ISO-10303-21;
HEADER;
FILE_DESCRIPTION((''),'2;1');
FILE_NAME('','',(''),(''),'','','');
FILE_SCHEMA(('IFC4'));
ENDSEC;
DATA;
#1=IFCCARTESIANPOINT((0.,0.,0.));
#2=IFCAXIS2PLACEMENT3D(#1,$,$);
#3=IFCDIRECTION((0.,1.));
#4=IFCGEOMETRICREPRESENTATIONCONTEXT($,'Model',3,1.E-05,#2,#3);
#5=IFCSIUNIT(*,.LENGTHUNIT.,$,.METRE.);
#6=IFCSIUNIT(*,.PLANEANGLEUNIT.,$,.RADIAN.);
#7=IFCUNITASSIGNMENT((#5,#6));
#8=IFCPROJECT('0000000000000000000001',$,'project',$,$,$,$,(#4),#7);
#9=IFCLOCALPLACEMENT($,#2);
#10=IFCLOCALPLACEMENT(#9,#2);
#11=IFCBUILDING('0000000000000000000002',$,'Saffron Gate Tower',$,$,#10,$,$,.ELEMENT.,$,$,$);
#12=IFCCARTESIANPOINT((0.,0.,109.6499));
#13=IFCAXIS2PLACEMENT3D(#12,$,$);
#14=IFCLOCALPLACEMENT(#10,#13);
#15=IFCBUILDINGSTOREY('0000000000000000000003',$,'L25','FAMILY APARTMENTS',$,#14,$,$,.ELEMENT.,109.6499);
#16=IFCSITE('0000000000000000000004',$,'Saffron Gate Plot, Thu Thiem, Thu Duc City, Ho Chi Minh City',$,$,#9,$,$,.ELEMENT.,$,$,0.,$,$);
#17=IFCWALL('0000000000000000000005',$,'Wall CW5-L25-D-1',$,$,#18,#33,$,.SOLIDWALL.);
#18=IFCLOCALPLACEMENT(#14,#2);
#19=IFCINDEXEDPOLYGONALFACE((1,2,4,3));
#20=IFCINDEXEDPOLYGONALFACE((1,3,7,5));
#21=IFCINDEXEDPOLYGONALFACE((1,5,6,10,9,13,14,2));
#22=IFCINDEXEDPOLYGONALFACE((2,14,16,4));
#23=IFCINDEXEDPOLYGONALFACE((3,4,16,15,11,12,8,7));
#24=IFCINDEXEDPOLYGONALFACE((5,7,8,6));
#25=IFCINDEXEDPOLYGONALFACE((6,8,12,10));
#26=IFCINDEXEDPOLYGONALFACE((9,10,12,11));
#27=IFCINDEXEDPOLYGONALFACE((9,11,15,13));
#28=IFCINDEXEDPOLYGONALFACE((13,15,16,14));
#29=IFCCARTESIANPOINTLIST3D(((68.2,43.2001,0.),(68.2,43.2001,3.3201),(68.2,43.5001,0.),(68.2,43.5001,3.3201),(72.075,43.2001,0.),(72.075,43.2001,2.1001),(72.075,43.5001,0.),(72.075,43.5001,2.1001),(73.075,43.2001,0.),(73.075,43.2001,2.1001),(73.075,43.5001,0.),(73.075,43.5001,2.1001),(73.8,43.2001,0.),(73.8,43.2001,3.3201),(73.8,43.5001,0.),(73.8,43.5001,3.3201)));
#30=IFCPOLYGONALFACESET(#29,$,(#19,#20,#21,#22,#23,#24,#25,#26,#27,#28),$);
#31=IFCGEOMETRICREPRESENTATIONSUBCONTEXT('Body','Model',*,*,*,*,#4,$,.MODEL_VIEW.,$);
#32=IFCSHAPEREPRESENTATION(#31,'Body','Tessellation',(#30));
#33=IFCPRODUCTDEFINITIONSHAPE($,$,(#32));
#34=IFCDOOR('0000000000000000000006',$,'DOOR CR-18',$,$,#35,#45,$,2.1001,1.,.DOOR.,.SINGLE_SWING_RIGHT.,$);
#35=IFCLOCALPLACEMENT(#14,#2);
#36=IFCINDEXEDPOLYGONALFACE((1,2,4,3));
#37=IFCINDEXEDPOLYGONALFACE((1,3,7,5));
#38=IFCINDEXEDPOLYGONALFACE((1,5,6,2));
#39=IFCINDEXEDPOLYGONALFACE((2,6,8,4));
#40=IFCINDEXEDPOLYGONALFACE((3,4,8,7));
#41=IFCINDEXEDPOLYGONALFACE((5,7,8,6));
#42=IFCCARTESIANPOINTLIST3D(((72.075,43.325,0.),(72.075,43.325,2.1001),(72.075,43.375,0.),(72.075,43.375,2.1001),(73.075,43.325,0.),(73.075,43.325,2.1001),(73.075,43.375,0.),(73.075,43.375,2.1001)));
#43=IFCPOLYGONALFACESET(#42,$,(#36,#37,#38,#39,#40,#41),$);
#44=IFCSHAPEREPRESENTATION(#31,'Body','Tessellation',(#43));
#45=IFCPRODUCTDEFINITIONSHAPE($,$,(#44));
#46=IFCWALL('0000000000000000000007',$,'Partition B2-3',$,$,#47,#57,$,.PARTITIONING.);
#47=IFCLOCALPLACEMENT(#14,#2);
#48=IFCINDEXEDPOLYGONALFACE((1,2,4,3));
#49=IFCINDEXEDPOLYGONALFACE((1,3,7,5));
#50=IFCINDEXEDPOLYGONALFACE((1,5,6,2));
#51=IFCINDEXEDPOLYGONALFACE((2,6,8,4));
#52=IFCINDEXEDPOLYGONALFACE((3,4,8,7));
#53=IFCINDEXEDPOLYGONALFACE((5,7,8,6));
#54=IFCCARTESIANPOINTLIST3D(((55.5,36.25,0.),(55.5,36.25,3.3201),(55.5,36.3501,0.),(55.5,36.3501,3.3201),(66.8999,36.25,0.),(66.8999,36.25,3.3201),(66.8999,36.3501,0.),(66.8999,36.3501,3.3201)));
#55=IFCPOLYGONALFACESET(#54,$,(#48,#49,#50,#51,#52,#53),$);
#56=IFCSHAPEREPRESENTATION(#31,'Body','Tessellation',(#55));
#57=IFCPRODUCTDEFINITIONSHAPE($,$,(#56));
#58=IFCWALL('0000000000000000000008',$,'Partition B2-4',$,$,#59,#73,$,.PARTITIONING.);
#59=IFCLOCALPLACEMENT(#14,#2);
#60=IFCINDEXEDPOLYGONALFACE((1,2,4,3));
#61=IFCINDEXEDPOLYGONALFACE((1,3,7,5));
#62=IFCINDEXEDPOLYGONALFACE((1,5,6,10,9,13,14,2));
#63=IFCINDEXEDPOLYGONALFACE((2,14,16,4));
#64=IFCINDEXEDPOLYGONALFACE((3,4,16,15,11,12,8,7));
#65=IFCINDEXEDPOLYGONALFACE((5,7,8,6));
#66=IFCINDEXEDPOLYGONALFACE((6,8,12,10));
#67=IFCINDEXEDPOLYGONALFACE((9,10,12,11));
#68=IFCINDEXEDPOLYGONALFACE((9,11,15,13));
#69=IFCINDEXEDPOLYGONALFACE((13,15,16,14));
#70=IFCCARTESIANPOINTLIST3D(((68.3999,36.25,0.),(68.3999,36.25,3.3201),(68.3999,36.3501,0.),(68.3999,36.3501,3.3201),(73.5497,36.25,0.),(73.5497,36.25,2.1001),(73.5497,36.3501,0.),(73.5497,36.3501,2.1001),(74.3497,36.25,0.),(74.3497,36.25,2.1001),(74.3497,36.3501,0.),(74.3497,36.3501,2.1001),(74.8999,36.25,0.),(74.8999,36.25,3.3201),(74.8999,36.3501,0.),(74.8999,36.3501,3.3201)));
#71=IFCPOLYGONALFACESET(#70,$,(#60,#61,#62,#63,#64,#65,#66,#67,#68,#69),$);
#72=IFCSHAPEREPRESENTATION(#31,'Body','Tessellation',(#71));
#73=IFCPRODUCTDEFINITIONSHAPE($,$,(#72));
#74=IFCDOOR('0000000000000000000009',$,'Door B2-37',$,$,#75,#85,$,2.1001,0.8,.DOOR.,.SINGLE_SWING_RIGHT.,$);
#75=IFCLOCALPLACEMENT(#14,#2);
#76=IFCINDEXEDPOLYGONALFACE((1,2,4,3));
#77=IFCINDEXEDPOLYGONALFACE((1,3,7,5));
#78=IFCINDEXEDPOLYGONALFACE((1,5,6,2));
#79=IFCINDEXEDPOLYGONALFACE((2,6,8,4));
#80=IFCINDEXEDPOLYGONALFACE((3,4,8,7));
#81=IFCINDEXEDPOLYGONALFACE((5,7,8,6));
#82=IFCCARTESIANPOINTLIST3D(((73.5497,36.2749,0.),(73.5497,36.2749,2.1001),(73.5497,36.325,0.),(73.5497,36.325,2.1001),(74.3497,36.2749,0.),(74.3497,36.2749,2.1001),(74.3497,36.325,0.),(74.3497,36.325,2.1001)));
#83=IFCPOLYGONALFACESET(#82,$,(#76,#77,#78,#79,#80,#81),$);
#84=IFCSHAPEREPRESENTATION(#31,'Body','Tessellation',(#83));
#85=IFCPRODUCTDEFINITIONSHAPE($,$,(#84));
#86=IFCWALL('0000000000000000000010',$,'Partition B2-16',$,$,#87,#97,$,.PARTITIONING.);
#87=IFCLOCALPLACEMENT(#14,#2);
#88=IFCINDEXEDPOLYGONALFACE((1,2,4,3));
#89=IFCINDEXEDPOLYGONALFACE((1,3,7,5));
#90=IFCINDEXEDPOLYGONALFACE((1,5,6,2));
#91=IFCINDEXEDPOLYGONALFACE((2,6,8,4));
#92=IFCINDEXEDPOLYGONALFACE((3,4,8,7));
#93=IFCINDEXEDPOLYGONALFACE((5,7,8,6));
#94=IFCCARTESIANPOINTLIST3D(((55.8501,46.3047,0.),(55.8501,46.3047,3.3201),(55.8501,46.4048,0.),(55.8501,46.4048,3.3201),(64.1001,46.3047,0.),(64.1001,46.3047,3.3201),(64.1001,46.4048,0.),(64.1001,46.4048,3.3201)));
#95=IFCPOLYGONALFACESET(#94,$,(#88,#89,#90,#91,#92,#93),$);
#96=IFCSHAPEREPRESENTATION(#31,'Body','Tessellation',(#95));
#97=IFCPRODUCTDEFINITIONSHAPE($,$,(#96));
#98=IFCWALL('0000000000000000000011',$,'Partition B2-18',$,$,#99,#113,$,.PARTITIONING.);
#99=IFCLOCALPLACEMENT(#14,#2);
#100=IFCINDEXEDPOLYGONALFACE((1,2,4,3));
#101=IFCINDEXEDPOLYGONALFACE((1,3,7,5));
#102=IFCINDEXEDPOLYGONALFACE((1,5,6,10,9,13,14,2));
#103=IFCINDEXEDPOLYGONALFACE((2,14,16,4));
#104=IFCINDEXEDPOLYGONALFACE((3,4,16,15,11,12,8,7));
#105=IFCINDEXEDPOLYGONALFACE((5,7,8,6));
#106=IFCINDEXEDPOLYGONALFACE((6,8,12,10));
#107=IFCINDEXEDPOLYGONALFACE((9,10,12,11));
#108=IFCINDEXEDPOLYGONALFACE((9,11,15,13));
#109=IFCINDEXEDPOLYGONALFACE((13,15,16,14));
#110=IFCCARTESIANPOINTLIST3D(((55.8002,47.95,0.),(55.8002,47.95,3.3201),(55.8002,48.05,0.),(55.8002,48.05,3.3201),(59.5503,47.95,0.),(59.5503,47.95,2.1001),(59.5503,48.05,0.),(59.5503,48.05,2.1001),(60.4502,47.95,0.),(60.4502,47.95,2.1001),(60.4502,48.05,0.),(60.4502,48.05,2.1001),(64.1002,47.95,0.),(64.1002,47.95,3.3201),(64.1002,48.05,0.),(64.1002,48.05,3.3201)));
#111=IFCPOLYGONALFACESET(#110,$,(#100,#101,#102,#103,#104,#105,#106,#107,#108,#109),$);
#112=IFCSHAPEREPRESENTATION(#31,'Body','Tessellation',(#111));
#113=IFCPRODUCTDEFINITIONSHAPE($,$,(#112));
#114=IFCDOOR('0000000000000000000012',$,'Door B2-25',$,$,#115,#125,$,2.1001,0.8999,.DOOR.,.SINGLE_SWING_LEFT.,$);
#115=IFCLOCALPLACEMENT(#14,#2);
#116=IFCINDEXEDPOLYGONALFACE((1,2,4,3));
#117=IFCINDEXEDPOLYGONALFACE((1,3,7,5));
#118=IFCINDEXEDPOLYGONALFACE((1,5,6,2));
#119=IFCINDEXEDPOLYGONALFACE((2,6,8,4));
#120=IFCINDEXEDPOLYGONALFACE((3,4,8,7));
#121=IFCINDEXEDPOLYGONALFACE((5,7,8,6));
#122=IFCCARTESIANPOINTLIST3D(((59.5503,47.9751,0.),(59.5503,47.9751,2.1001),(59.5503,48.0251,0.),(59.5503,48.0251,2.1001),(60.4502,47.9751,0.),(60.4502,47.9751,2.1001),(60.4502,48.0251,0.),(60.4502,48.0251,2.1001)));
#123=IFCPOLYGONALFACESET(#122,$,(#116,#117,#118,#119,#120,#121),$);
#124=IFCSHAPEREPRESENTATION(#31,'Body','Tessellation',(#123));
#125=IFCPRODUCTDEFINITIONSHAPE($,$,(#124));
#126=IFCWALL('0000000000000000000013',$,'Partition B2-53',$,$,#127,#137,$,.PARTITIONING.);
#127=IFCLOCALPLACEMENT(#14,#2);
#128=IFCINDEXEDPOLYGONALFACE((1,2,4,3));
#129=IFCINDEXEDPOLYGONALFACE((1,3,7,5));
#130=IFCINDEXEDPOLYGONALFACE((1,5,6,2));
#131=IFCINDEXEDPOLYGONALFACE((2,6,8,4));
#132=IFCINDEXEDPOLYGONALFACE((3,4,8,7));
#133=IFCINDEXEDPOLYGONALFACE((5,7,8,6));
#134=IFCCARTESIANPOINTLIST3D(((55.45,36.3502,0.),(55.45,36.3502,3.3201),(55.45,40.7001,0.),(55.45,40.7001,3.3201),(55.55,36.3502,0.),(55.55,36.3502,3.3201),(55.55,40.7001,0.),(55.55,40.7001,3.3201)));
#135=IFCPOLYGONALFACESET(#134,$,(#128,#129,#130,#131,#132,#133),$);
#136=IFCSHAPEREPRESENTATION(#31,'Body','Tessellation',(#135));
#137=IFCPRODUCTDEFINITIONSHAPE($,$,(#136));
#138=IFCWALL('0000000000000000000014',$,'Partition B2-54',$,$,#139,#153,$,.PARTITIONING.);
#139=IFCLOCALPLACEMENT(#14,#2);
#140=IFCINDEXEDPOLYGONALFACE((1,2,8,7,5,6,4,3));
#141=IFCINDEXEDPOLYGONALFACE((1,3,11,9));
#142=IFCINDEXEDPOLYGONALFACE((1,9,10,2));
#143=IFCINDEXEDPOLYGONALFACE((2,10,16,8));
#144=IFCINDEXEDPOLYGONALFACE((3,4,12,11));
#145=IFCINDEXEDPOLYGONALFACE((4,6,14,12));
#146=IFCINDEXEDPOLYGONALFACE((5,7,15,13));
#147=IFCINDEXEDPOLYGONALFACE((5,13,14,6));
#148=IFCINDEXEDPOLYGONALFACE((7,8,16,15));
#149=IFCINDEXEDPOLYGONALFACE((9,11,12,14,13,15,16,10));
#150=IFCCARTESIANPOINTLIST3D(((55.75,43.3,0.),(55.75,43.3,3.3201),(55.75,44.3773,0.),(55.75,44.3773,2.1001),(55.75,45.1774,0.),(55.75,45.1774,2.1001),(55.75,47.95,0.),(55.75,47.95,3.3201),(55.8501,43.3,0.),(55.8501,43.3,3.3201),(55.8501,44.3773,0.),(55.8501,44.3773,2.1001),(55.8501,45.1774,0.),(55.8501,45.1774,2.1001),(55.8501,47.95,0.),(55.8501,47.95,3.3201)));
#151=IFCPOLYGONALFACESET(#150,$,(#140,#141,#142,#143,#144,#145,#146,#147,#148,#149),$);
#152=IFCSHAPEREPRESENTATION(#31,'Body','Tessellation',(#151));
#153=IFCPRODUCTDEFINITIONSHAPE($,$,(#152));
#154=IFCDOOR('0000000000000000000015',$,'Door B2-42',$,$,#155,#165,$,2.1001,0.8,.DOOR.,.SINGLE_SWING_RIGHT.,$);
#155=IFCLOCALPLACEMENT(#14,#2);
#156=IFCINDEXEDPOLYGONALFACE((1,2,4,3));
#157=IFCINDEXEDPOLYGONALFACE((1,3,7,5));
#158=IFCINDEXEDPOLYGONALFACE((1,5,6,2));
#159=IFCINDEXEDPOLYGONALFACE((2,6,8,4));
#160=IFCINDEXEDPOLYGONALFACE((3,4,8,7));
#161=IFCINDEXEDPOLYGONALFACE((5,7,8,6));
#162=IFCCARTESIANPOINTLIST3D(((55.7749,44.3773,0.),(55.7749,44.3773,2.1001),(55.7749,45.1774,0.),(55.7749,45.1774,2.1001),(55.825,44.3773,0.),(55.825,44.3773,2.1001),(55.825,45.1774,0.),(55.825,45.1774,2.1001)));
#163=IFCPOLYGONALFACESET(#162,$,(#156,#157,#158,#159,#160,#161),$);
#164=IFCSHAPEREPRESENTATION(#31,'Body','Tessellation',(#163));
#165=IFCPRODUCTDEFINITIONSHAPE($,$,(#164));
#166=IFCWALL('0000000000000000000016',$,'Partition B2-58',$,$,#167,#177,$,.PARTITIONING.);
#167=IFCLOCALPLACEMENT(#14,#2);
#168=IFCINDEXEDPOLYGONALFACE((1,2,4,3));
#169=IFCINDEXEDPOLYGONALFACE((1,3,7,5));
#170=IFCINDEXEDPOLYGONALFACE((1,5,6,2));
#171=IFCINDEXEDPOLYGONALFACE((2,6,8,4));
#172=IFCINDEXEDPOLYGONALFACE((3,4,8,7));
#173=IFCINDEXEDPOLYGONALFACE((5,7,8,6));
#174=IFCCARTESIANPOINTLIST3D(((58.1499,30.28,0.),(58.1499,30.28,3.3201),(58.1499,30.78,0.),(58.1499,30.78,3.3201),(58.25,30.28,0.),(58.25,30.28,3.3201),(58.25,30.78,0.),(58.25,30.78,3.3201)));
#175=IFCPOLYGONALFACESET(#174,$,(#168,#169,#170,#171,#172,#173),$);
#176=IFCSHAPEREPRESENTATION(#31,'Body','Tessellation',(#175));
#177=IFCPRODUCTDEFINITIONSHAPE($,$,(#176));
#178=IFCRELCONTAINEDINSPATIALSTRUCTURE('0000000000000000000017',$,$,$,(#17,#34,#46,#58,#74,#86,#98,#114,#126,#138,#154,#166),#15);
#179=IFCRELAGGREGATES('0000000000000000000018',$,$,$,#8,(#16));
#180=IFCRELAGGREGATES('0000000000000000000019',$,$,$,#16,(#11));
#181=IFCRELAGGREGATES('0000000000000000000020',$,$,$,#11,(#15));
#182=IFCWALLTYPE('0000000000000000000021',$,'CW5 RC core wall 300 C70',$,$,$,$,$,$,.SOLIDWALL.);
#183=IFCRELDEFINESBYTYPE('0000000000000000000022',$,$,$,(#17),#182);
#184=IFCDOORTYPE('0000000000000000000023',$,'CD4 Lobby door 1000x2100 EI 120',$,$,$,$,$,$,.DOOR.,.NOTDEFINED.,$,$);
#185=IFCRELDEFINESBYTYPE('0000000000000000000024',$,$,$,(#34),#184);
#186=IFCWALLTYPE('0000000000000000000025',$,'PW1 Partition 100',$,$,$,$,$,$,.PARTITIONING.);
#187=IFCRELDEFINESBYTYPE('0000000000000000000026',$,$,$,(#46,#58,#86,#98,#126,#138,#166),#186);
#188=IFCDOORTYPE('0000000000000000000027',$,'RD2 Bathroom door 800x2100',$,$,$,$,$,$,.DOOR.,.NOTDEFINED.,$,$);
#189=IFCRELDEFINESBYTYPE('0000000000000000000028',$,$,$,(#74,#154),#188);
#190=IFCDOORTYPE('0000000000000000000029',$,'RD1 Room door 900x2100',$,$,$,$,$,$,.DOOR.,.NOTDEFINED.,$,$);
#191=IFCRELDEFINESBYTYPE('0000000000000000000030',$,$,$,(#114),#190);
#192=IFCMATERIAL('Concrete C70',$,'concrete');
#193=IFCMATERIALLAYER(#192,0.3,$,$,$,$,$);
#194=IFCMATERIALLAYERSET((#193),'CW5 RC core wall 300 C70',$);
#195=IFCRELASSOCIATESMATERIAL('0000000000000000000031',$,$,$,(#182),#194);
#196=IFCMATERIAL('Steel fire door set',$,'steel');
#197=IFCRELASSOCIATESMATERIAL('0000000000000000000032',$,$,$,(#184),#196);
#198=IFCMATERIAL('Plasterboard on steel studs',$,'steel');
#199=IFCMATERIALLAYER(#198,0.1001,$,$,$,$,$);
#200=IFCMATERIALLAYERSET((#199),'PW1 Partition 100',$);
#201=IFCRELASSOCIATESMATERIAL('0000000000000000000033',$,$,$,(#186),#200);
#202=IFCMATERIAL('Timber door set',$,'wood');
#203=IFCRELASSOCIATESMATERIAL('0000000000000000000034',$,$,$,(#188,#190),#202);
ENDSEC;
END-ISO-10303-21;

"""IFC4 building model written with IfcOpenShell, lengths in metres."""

from ifc_helpers import new_model, si_unit, direction, frame, frame_2d, origin, place, context, subcontext, project, spatial, rectangle, extrude, material, layer, layer_set, type_object, element, fill, save


model = new_model("IFC4")

# Units and contexts
model_context = context("Model", 3, precision=1e-05, world=origin(), true_north=direction((0.0, 1.0)))
body_context = subcontext(model_context, "Body", "Model", "MODEL_VIEW")
ifc_project = project(units=[si_unit("LENGTHUNIT", "METRE"), si_unit("PLANEANGLEUNIT", "RADIAN")], contexts=[model_context])

# Site, building, storey
site_placement = place(None, origin())
site = spatial("IfcSite", under=ifc_project, at=site_placement, Name="Saffron Gate Plot, Thu Thiem, Thu Duc City, Ho Chi Minh City", CompositionType="ELEMENT", RefElevation=0.0)
building_placement = place(site_placement, origin())
building = spatial("IfcBuilding", under=site, at=building_placement, Name="Saffron Gate Tower", CompositionType="ELEMENT")
storey_placement = place(building_placement, frame((0.0, 0.0, 109.6499)))
storey = spatial("IfcBuildingStorey", under=building, at=storey_placement, Name="L25", Description="FAMILY APARTMENTS", CompositionType="ELEMENT", Elevation=109.6499)

# Shared definitions
ifc_material_1 = material(Name="Concrete C70", Category="concrete")

# Wall, opening, door
ifc_layer_1 = layer(ifc_material_1, 0.3)
ifc_layer_set_1 = layer_set([ifc_layer_1], Name="CW5 RC core wall 300 C70")
wall_type_1 = type_object("IfcWallType", Name="CW5 RC core wall 300 C70", PredefinedType="SOLIDWALL", material=ifc_layer_set_1)
wall_1_placement = place(storey_placement, frame((68.2, 43.3501, 0.0), z_axis=(0.0, 0.0, 1.0), x_axis=(1.0, 0.0, 0.0)))
wall_1 = element("IfcWall", 1, at=wall_1_placement, inside=storey, type_object=wall_type_1, Name="Wall CW5-L25-D-1", PredefinedType="SOLIDWALL", context=body_context, shape_type="SweptSolid", body=[
    extrude(rectangle(XDim=5.6001, YDim=0.3, at=frame_2d((2.8, 0.0))), origin(), (0.0, 0.0, 1.0), 3.3201),
])
opening_1_placement = place(wall_1_placement, frame((3.875, 0.0, 0.0)))
opening_1 = element("IfcOpeningElement", 2, at=opening_1_placement, cuts=wall_1, PredefinedType="OPENING", context=body_context, shape_type="SweptSolid", body=[
    extrude(rectangle(XDim=1.0, YDim=2.1001, at=frame_2d((0.5, 1.05))), frame((0.0, 0.1602, 0.0), z_axis=(0.0, -1.0, 0.0), x_axis=(1.0, 0.0, 0.0)), (0.0, 0.0, 1.0), 0.3201),
])
ifc_material_2 = material(Name="Steel fire door set", Category="steel")
door_type_1 = type_object("IfcDoorType", Name="CD4 Lobby door 1000x2100 EI 120", OperationType="NOTDEFINED", PredefinedType="DOOR", material=ifc_material_2)
door_1_placement = place(opening_1_placement, origin())
door_1 = element("IfcDoor", 3, at=door_1_placement, inside=storey, type_object=door_type_1, Name="DOOR CR-18", OperationType="SINGLE_SWING_RIGHT", OverallHeight=2.1001, OverallWidth=1.0, PredefinedType="DOOR", context=body_context, shape_type="SweptSolid", body=[
    extrude(rectangle(XDim=1.0, YDim=2.1001, at=frame_2d((0.5, 1.05))), frame((0.0, 0.0249, 0.0), z_axis=(0.0, -1.0, 0.0), x_axis=(1.0, 0.0, 0.0)), (0.0, 0.0, 1.0), 0.05),
])
fill(opening_1, door_1)

# Wall
ifc_material_3 = material(Name="Plasterboard on steel studs", Category="steel")
ifc_layer_2 = layer(ifc_material_3, 0.1001)
ifc_layer_set_2 = layer_set([ifc_layer_2], Name="PW1 Partition 100")
wall_type_2 = type_object("IfcWallType", Name="PW1 Partition 100", PredefinedType="PARTITIONING", material=ifc_layer_set_2)
wall_2_placement = place(storey_placement, frame((55.5, 36.3, 0.0), z_axis=(0.0, 0.0, 1.0), x_axis=(1.0, 0.0, 0.0)))
element("IfcWall", 4, at=wall_2_placement, inside=storey, type_object=wall_type_2, Name="Partition B2-3", PredefinedType="PARTITIONING", context=body_context, shape_type="SweptSolid", body=[
    extrude(rectangle(XDim=11.3999, YDim=0.1001, at=frame_2d((5.7, 0.0))), origin(), (0.0, 0.0, 1.0), 3.3201),
])

# Wall, opening, door
wall_3_placement = place(storey_placement, frame((68.3999, 36.3, 0.0), z_axis=(0.0, 0.0, 1.0), x_axis=(1.0, 0.0, 0.0)))
wall_3 = element("IfcWall", 5, at=wall_3_placement, inside=storey, type_object=wall_type_2, Name="Partition B2-4", PredefinedType="PARTITIONING", context=body_context, shape_type="SweptSolid", body=[
    extrude(rectangle(XDim=6.5, YDim=0.1001, at=frame_2d((3.25, 0.0))), origin(), (0.0, 0.0, 1.0), 3.3201),
])
opening_2_placement = place(wall_3_placement, frame((5.1499, 0.0, 0.0)))
opening_2 = element("IfcOpeningElement", 6, at=opening_2_placement, cuts=wall_3, PredefinedType="OPENING", context=body_context, shape_type="SweptSolid", body=[
    extrude(rectangle(XDim=0.8, YDim=2.1001, at=frame_2d((0.3999, 1.05))), frame((0.0, 0.0601, 0.0), z_axis=(0.0, -1.0, 0.0), x_axis=(1.0, 0.0, 0.0)), (0.0, 0.0, 1.0), 0.1201),
])
ifc_material_4 = material(Name="Timber door set", Category="wood")
door_type_2 = type_object("IfcDoorType", Name="RD2 Bathroom door 800x2100", OperationType="NOTDEFINED", PredefinedType="DOOR", material=ifc_material_4)
door_2_placement = place(opening_2_placement, origin())
door_2 = element("IfcDoor", 7, at=door_2_placement, inside=storey, type_object=door_type_2, Name="Door B2-37", OperationType="SINGLE_SWING_RIGHT", OverallHeight=2.1001, OverallWidth=0.8, PredefinedType="DOOR", context=body_context, shape_type="SweptSolid", body=[
    extrude(rectangle(XDim=0.8, YDim=2.1001, at=frame_2d((0.3999, 1.05))), frame((0.0, 0.0249, 0.0), z_axis=(0.0, -1.0, 0.0), x_axis=(1.0, 0.0, 0.0)), (0.0, 0.0, 1.0), 0.05),
])
fill(opening_2, door_2)

# Wall
wall_4_placement = place(storey_placement, frame((55.8501, 46.3547, 0.0), z_axis=(0.0, 0.0, 1.0), x_axis=(1.0, 0.0, 0.0)))
element("IfcWall", 8, at=wall_4_placement, inside=storey, type_object=wall_type_2, Name="Partition B2-16", PredefinedType="PARTITIONING", context=body_context, shape_type="SweptSolid", body=[
    extrude(rectangle(XDim=8.25, YDim=0.1001, at=frame_2d((4.125, 0.0))), origin(), (0.0, 0.0, 1.0), 3.3201),
])

# Wall, opening, door
wall_5_placement = place(storey_placement, frame((64.1001, 48.0, 0.0), z_axis=(0.0, 0.0, 1.0), x_axis=(-1.0, 0.0, 0.0)))
wall_5 = element("IfcWall", 9, at=wall_5_placement, inside=storey, type_object=wall_type_2, Name="Partition B2-18", PredefinedType="PARTITIONING", context=body_context, shape_type="SweptSolid", body=[
    extrude(rectangle(XDim=8.3, YDim=0.1001, at=frame_2d((4.1499, 0.0))), origin(), (0.0, 0.0, 1.0), 3.3201),
])
opening_3_placement = place(wall_5_placement, frame((3.6499, 0.0, 0.0)))
opening_3 = element("IfcOpeningElement", 10, at=opening_3_placement, cuts=wall_5, PredefinedType="OPENING", context=body_context, shape_type="SweptSolid", body=[
    extrude(rectangle(XDim=0.8999, YDim=2.1001, at=frame_2d((0.45, 1.05))), frame((0.0, 0.0601, 0.0), z_axis=(0.0, -1.0, 0.0), x_axis=(1.0, 0.0, 0.0)), (0.0, 0.0, 1.0), 0.1201),
])
door_type_3 = type_object("IfcDoorType", Name="RD1 Room door 900x2100", OperationType="NOTDEFINED", PredefinedType="DOOR", material=ifc_material_4)
door_3_placement = place(opening_3_placement, origin())
door_3 = element("IfcDoor", 11, at=door_3_placement, inside=storey, type_object=door_type_3, Name="Door B2-25", OperationType="SINGLE_SWING_LEFT", OverallHeight=2.1001, OverallWidth=0.8999, PredefinedType="DOOR", context=body_context, shape_type="SweptSolid", body=[
    extrude(rectangle(XDim=0.8999, YDim=2.1001, at=frame_2d((0.45, 1.05))), frame((0.0, 0.0249, 0.0), z_axis=(0.0, -1.0, 0.0), x_axis=(1.0, 0.0, 0.0)), (0.0, 0.0, 1.0), 0.05),
])
fill(opening_3, door_3)

# Wall
wall_6_placement = place(storey_placement, frame((55.5, 40.7, 0.0), z_axis=(0.0, 0.0, 1.0), x_axis=(0.0, -1.0, 0.0)))
element("IfcWall", 12, at=wall_6_placement, inside=storey, type_object=wall_type_2, Name="Partition B2-53", PredefinedType="PARTITIONING", context=body_context, shape_type="SweptSolid", body=[
    extrude(rectangle(XDim=4.3499, YDim=0.1001, at=frame_2d((2.1748, 0.0))), origin(), (0.0, 0.0, 1.0), 3.3201),
])

# Wall, opening, door
wall_7_placement = place(storey_placement, frame((55.8, 47.95, 0.0), z_axis=(0.0, 0.0, 1.0), x_axis=(0.0, -1.0, 0.0)))
wall_7 = element("IfcWall", 13, at=wall_7_placement, inside=storey, type_object=wall_type_2, Name="Partition B2-54", PredefinedType="PARTITIONING", context=body_context, shape_type="SweptSolid", body=[
    extrude(rectangle(XDim=4.6499, YDim=0.1001, at=frame_2d((2.325, 0.0))), origin(), (0.0, 0.0, 1.0), 3.3201),
])
opening_4_placement = place(wall_7_placement, frame((2.7727, 0.0, 0.0)))
opening_4 = element("IfcOpeningElement", 14, at=opening_4_placement, cuts=wall_7, PredefinedType="OPENING", context=body_context, shape_type="SweptSolid", body=[
    extrude(rectangle(XDim=0.8, YDim=2.1001, at=frame_2d((0.3999, 1.05))), frame((0.0, 0.0601, 0.0), z_axis=(0.0, -1.0, 0.0), x_axis=(1.0, 0.0, 0.0)), (0.0, 0.0, 1.0), 0.1201),
])
door_4_placement = place(opening_4_placement, origin())
door_4 = element("IfcDoor", 15, at=door_4_placement, inside=storey, type_object=door_type_2, Name="Door B2-42", OperationType="SINGLE_SWING_RIGHT", OverallHeight=2.1001, OverallWidth=0.8, PredefinedType="DOOR", context=body_context, shape_type="SweptSolid", body=[
    extrude(rectangle(XDim=0.8, YDim=2.1001, at=frame_2d((0.3999, 1.05))), frame((0.0, 0.0249, 0.0), z_axis=(0.0, -1.0, 0.0), x_axis=(1.0, 0.0, 0.0)), (0.0, 0.0, 1.0), 0.05),
])
fill(opening_4, door_4)

# Wall
wall_8_placement = place(storey_placement, frame((58.2, 30.78, 0.0), z_axis=(0.0, 0.0, 1.0), x_axis=(0.0, -1.0, 0.0)))
element("IfcWall", 16, at=wall_8_placement, inside=storey, type_object=wall_type_2, Name="Partition B2-58", PredefinedType="PARTITIONING", context=body_context, shape_type="SweptSolid", body=[
    extrude(rectangle(XDim=0.5, YDim=0.1001, at=frame_2d((0.25, 0.0))), origin(), (0.0, 0.0, 1.0), 3.3201),
])

save(model, "model.ifc")
